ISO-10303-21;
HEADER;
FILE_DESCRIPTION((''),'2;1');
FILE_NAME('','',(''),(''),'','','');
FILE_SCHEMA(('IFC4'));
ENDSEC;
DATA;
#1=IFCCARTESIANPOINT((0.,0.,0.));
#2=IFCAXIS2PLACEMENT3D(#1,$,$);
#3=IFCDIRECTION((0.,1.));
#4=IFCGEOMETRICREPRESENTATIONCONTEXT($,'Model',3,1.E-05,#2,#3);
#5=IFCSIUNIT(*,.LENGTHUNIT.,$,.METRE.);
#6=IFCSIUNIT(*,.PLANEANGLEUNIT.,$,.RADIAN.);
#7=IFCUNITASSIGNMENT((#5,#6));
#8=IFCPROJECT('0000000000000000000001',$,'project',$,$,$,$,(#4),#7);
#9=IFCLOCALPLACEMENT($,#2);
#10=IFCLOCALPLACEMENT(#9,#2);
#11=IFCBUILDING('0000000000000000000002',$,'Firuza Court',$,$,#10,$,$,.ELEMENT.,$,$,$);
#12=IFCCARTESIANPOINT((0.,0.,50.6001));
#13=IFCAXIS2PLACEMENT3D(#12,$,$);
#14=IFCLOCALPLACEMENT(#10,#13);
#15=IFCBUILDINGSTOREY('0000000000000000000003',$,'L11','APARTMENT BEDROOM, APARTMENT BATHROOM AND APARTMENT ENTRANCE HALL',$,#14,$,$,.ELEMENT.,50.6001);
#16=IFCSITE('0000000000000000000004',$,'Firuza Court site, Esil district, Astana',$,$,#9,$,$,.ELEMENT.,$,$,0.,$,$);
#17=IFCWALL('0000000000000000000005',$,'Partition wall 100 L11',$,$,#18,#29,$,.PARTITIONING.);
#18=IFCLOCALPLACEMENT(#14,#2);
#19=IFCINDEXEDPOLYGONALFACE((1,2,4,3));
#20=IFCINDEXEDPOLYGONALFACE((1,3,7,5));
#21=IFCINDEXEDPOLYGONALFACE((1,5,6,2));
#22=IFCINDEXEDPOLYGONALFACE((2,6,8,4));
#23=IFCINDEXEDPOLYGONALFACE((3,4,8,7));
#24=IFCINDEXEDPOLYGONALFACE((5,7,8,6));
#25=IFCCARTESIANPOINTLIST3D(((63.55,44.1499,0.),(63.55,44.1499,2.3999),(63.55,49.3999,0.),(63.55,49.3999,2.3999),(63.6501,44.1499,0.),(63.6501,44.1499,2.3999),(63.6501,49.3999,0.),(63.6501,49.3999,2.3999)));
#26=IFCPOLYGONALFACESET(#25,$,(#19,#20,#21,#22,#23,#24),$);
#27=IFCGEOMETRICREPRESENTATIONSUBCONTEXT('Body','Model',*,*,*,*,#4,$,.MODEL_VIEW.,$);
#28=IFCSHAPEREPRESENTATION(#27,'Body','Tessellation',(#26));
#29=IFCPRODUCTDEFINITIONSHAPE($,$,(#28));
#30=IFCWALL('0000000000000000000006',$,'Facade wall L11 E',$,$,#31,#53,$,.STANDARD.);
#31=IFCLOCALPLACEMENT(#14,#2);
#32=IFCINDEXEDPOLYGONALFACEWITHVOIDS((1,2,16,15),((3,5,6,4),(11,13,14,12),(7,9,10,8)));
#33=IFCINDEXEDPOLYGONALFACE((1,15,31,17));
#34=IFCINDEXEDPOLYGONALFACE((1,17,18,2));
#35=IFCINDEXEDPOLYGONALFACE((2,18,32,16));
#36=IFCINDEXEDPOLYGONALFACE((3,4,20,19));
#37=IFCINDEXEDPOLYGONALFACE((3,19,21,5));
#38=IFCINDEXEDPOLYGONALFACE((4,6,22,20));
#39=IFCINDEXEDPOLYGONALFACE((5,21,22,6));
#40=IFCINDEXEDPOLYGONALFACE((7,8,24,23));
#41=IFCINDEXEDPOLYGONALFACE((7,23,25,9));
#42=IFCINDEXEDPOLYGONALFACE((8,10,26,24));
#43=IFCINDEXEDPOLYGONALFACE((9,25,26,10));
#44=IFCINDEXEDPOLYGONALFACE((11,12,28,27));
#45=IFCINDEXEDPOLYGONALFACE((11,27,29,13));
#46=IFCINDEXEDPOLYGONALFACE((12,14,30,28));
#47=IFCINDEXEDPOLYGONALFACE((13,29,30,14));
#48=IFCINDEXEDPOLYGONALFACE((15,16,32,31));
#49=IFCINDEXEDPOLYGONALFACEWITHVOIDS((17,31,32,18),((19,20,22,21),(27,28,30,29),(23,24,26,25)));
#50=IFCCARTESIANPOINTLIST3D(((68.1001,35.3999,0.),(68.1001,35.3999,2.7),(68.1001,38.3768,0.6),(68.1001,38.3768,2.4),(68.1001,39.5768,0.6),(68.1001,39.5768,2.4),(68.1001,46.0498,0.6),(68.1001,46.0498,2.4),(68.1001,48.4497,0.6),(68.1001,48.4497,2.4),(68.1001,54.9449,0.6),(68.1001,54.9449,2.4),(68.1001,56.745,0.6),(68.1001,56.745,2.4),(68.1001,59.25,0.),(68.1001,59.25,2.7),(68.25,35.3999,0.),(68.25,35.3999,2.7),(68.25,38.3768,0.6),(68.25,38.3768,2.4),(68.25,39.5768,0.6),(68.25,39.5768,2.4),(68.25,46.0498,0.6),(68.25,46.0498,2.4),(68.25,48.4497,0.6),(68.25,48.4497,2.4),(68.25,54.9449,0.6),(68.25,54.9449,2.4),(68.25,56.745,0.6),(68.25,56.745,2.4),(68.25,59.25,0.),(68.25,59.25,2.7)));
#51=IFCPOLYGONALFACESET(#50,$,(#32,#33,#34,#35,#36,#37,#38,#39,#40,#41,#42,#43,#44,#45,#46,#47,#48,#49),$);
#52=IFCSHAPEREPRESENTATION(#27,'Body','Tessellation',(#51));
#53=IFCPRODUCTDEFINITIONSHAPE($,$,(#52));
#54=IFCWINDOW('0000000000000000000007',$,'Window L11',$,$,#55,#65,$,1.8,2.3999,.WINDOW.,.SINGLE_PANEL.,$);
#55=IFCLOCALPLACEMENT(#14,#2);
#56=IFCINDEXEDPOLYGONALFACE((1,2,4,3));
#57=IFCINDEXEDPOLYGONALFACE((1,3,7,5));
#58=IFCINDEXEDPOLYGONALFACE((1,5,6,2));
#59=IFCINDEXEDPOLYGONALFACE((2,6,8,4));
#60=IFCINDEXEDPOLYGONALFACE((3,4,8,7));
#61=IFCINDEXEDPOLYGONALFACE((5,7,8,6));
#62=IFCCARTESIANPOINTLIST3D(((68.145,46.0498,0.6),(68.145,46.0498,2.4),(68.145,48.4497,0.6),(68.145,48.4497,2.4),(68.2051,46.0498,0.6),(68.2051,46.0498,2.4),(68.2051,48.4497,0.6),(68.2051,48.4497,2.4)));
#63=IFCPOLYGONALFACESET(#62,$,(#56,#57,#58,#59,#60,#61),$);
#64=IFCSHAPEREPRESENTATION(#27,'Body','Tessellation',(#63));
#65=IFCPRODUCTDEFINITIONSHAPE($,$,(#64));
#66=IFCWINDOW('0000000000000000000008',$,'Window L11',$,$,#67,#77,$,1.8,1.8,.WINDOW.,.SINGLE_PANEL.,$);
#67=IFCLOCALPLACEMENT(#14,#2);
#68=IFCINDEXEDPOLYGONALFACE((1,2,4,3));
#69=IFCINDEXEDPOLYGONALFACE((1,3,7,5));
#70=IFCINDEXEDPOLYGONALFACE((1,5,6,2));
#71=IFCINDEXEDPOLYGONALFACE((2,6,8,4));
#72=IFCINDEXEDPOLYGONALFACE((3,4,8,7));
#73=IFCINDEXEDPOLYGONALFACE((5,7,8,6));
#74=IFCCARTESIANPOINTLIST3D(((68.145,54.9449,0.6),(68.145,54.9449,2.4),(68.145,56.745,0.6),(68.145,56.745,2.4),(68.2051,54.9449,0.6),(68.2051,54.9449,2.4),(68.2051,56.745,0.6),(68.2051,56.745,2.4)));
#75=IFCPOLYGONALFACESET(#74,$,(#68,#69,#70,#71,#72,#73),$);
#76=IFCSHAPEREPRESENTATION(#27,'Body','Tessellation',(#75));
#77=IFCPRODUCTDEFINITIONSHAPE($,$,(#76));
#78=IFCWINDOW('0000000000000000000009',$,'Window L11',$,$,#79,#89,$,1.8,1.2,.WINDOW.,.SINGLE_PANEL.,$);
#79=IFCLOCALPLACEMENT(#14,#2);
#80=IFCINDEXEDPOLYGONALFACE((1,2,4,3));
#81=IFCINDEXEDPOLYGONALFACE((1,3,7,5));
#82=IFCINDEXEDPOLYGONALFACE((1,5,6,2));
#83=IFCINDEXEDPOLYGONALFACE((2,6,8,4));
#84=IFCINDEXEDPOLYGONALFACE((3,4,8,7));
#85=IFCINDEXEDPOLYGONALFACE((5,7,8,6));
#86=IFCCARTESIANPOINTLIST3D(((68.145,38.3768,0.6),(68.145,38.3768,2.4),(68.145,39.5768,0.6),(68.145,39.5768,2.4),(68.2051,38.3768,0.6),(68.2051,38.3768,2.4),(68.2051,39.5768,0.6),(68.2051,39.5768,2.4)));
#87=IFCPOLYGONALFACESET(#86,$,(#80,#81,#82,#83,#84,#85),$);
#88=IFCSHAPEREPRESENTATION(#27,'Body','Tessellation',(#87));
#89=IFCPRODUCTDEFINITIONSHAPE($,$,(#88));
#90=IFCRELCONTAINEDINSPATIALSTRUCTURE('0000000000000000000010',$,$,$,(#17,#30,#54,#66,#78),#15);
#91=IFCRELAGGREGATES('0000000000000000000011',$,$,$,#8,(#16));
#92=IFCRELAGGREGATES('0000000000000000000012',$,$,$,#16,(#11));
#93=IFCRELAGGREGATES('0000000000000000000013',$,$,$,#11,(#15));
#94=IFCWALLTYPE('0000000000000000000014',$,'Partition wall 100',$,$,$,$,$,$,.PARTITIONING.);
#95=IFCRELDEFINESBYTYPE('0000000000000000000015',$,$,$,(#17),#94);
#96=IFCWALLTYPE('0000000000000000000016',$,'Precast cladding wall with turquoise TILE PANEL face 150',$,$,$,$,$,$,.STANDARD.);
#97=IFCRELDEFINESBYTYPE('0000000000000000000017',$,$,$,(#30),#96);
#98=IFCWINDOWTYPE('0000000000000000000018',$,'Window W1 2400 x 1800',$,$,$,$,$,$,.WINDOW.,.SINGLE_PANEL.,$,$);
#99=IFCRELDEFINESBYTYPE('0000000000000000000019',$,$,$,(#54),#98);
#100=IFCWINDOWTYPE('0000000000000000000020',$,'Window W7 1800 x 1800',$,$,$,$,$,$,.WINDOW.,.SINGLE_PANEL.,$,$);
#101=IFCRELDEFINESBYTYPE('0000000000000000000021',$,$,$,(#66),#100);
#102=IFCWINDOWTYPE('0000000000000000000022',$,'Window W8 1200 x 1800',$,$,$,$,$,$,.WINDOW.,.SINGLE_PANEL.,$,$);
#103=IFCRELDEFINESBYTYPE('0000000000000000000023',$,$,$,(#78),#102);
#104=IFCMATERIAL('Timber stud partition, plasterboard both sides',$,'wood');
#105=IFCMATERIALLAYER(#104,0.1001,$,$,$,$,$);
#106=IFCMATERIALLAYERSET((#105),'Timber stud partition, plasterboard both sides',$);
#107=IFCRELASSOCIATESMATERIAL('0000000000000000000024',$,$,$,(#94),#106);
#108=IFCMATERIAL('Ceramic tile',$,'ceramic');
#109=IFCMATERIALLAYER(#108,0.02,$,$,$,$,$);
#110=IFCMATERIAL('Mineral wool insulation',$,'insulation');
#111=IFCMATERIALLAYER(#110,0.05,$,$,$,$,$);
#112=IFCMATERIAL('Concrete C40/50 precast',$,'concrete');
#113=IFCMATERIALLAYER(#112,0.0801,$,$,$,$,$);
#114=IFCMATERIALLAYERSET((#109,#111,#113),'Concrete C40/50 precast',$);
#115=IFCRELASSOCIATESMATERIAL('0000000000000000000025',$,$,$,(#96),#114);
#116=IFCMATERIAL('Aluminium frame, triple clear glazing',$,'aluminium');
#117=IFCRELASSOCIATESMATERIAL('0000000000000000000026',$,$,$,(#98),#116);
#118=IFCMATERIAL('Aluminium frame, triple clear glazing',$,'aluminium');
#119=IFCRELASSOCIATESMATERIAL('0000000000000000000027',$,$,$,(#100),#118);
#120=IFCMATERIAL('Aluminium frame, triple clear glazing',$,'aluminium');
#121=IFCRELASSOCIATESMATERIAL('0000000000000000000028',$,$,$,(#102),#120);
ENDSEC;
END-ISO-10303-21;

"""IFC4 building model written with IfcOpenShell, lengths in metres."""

from ifc_helpers import new_model, si_unit, direction, frame, frame_2d, origin, place, context, subcontext, project, spatial, rectangle, extrude, material, layer, layer_set, type_object, element, fill, save


model = new_model("IFC4")

# Units and contexts
model_context = context("Model", 3, precision=1e-05, world=origin(), true_north=direction((0.0, 1.0)))
body_context = subcontext(model_context, "Body", "Model", "MODEL_VIEW")
ifc_project = project(units=[si_unit("LENGTHUNIT", "METRE"), si_unit("PLANEANGLEUNIT", "RADIAN")], contexts=[model_context])

# Site, building, storey
site_placement = place(None, origin())
site = spatial("IfcSite", under=ifc_project, at=site_placement, Name="Firuza Court site, Esil district, Astana", CompositionType="ELEMENT", RefElevation=0.0)
building_placement = place(site_placement, origin())
building = spatial("IfcBuilding", under=site, at=building_placement, Name="Firuza Court", CompositionType="ELEMENT")
storey_placement = place(building_placement, frame((0.0, 0.0, 50.6001)))
storey = spatial("IfcBuildingStorey", under=building, at=storey_placement, Name="L11", Description="APARTMENT BEDROOM, APARTMENT BATHROOM AND APARTMENT ENTRANCE HALL", CompositionType="ELEMENT", Elevation=50.6001)

# Wall
ifc_material_1 = material(Name="Timber stud partition, plasterboard both sides", Category="wood")
ifc_layer_1 = layer(ifc_material_1, 0.1001)
ifc_layer_set_1 = layer_set([ifc_layer_1], Name="Timber stud partition, plasterboard both sides")
wall_type_1 = type_object("IfcWallType", Name="Partition wall 100", PredefinedType="PARTITIONING", material=ifc_layer_set_1)
wall_1_placement = place(storey_placement, frame((63.6001, 44.1499, 0.0), z_axis=(0.0, 0.0, 1.0), x_axis=(0.0, 1.0, 0.0)))
element("IfcWall", 1, at=wall_1_placement, inside=storey, type_object=wall_type_1, Name="Partition wall 100 L11", PredefinedType="PARTITIONING", context=body_context, shape_type="SweptSolid", body=[
    extrude(rectangle(XDim=5.25, YDim=0.1001, at=frame_2d((2.625, 0.0))), origin(), (0.0, 0.0, 1.0), 2.3999),
])

# Wall, openings, windows
ifc_material_2 = material(Name="Ceramic tile", Category="ceramic")
ifc_layer_2 = layer(ifc_material_2, 0.02)
ifc_material_3 = material(Name="Mineral wool insulation", Category="insulation")
ifc_layer_3 = layer(ifc_material_3, 0.05)
ifc_material_4 = material(Name="Concrete C40/50 precast", Category="concrete")
ifc_layer_4 = layer(ifc_material_4, 0.0801)
ifc_layer_set_2 = layer_set([ifc_layer_2, ifc_layer_3, ifc_layer_4], Name="Concrete C40/50 precast")
wall_type_2 = type_object("IfcWallType", Name="Precast cladding wall with turquoise TILE PANEL face 150", PredefinedType="STANDARD", material=ifc_layer_set_2)
wall_2_placement = place(storey_placement, frame((68.175, 35.3999, 0.0), z_axis=(0.0, 0.0, 1.0), x_axis=(0.0, 1.0, 0.0)))
wall_2 = element("IfcWall", 2, at=wall_2_placement, inside=storey, type_object=wall_type_2, Name="Facade wall L11 E", PredefinedType="STANDARD", context=body_context, shape_type="SweptSolid", body=[
    extrude(rectangle(XDim=23.8501, YDim=0.1499, at=frame_2d((11.925, 0.0))), origin(), (0.0, 0.0, 1.0), 2.7),
])
opening_1_placement = place(wall_2_placement, frame((2.9768, 0.0, 0.6001)))
opening_1 = element("IfcOpeningElement", 3, at=opening_1_placement, cuts=wall_2, PredefinedType="OPENING", context=body_context, shape_type="SweptSolid", body=[
    extrude(rectangle(XDim=1.2, YDim=1.8, at=frame_2d((0.6001, 0.8999))), frame((0.0, 0.0869, 0.0), z_axis=(0.0, -1.0, 0.0), x_axis=(1.0, 0.0, 0.0)), (0.0, 0.0, 1.0), 0.1738),
])
opening_2_placement = place(wall_2_placement, frame((10.6499, 0.0, 0.6001)))
opening_2 = element("IfcOpeningElement", 4, at=opening_2_placement, cuts=wall_2, PredefinedType="OPENING", context=body_context, shape_type="SweptSolid", body=[
    extrude(rectangle(XDim=2.3999, YDim=1.8, at=frame_2d((1.2, 0.8999))), frame((0.0, 0.0869, 0.0), z_axis=(0.0, -1.0, 0.0), x_axis=(1.0, 0.0, 0.0)), (0.0, 0.0, 1.0), 0.1738),
])
opening_3_placement = place(wall_2_placement, frame((19.5452, 0.0, 0.6001)))
opening_3 = element("IfcOpeningElement", 5, at=opening_3_placement, cuts=wall_2, PredefinedType="OPENING", context=body_context, shape_type="SweptSolid", body=[
    extrude(rectangle(XDim=1.8, YDim=1.8, at=frame_2d((0.8999, 0.8999))), frame((0.0, 0.0869, 0.0), z_axis=(0.0, -1.0, 0.0), x_axis=(1.0, 0.0, 0.0)), (0.0, 0.0, 1.0), 0.1738),
])
ifc_material_5 = material(Name="Aluminium frame, triple clear glazing", Category="aluminium")
window_type_1 = type_object("IfcWindowType", Name="Window W1 2400 x 1800", PartitioningType="SINGLE_PANEL", PredefinedType="WINDOW", material=ifc_material_5)
window_1_placement = place(opening_2_placement, origin())
window_1 = element("IfcWindow", 6, at=window_1_placement, inside=storey, type_object=window_type_1, Name="Window L11", OverallHeight=1.8, OverallWidth=2.3999, PartitioningType="SINGLE_PANEL", PredefinedType="WINDOW", context=body_context, shape_type="SweptSolid", body=[
    extrude(rectangle(XDim=2.3999, YDim=1.8, at=frame_2d((1.2, 0.8999))), frame((0.0, 0.03, 0.0), z_axis=(0.0, -1.0, 0.0), x_axis=(1.0, 0.0, 0.0)), (0.0, 0.0, 1.0), 0.0601),
])
fill(opening_2, window_1)
ifc_material_6 = material(Name="Aluminium frame, triple clear glazing", Category="aluminium")
window_type_2 = type_object("IfcWindowType", Name="Window W7 1800 x 1800", PartitioningType="SINGLE_PANEL", PredefinedType="WINDOW", material=ifc_material_6)
window_2_placement = place(opening_3_placement, origin())
window_2 = element("IfcWindow", 7, at=window_2_placement, inside=storey, type_object=window_type_2, Name="Window L11", OverallHeight=1.8, OverallWidth=1.8, PartitioningType="SINGLE_PANEL", PredefinedType="WINDOW", context=body_context, shape_type="SweptSolid", body=[
    extrude(rectangle(XDim=1.8, YDim=1.8, at=frame_2d((0.8999, 0.8999))), frame((0.0, 0.03, 0.0), z_axis=(0.0, -1.0, 0.0), x_axis=(1.0, 0.0, 0.0)), (0.0, 0.0, 1.0), 0.0601),
])
fill(opening_3, window_2)
ifc_material_7 = material(Name="Aluminium frame, triple clear glazing", Category="aluminium")
window_type_3 = type_object("IfcWindowType", Name="Window W8 1200 x 1800", PartitioningType="SINGLE_PANEL", PredefinedType="WINDOW", material=ifc_material_7)
window_3_placement = place(opening_1_placement, origin())
window_3 = element("IfcWindow", 8, at=window_3_placement, inside=storey, type_object=window_type_3, Name="Window L11", OverallHeight=1.8, OverallWidth=1.2, PartitioningType="SINGLE_PANEL", PredefinedType="WINDOW", context=body_context, shape_type="SweptSolid", body=[
    extrude(rectangle(XDim=1.2, YDim=1.8, at=frame_2d((0.6001, 0.8999))), frame((0.0, 0.03, 0.0), z_axis=(0.0, -1.0, 0.0), x_axis=(1.0, 0.0, 0.0)), (0.0, 0.0, 1.0), 0.0601),
])
fill(opening_1, window_3)

save(model, "model.ifc")
